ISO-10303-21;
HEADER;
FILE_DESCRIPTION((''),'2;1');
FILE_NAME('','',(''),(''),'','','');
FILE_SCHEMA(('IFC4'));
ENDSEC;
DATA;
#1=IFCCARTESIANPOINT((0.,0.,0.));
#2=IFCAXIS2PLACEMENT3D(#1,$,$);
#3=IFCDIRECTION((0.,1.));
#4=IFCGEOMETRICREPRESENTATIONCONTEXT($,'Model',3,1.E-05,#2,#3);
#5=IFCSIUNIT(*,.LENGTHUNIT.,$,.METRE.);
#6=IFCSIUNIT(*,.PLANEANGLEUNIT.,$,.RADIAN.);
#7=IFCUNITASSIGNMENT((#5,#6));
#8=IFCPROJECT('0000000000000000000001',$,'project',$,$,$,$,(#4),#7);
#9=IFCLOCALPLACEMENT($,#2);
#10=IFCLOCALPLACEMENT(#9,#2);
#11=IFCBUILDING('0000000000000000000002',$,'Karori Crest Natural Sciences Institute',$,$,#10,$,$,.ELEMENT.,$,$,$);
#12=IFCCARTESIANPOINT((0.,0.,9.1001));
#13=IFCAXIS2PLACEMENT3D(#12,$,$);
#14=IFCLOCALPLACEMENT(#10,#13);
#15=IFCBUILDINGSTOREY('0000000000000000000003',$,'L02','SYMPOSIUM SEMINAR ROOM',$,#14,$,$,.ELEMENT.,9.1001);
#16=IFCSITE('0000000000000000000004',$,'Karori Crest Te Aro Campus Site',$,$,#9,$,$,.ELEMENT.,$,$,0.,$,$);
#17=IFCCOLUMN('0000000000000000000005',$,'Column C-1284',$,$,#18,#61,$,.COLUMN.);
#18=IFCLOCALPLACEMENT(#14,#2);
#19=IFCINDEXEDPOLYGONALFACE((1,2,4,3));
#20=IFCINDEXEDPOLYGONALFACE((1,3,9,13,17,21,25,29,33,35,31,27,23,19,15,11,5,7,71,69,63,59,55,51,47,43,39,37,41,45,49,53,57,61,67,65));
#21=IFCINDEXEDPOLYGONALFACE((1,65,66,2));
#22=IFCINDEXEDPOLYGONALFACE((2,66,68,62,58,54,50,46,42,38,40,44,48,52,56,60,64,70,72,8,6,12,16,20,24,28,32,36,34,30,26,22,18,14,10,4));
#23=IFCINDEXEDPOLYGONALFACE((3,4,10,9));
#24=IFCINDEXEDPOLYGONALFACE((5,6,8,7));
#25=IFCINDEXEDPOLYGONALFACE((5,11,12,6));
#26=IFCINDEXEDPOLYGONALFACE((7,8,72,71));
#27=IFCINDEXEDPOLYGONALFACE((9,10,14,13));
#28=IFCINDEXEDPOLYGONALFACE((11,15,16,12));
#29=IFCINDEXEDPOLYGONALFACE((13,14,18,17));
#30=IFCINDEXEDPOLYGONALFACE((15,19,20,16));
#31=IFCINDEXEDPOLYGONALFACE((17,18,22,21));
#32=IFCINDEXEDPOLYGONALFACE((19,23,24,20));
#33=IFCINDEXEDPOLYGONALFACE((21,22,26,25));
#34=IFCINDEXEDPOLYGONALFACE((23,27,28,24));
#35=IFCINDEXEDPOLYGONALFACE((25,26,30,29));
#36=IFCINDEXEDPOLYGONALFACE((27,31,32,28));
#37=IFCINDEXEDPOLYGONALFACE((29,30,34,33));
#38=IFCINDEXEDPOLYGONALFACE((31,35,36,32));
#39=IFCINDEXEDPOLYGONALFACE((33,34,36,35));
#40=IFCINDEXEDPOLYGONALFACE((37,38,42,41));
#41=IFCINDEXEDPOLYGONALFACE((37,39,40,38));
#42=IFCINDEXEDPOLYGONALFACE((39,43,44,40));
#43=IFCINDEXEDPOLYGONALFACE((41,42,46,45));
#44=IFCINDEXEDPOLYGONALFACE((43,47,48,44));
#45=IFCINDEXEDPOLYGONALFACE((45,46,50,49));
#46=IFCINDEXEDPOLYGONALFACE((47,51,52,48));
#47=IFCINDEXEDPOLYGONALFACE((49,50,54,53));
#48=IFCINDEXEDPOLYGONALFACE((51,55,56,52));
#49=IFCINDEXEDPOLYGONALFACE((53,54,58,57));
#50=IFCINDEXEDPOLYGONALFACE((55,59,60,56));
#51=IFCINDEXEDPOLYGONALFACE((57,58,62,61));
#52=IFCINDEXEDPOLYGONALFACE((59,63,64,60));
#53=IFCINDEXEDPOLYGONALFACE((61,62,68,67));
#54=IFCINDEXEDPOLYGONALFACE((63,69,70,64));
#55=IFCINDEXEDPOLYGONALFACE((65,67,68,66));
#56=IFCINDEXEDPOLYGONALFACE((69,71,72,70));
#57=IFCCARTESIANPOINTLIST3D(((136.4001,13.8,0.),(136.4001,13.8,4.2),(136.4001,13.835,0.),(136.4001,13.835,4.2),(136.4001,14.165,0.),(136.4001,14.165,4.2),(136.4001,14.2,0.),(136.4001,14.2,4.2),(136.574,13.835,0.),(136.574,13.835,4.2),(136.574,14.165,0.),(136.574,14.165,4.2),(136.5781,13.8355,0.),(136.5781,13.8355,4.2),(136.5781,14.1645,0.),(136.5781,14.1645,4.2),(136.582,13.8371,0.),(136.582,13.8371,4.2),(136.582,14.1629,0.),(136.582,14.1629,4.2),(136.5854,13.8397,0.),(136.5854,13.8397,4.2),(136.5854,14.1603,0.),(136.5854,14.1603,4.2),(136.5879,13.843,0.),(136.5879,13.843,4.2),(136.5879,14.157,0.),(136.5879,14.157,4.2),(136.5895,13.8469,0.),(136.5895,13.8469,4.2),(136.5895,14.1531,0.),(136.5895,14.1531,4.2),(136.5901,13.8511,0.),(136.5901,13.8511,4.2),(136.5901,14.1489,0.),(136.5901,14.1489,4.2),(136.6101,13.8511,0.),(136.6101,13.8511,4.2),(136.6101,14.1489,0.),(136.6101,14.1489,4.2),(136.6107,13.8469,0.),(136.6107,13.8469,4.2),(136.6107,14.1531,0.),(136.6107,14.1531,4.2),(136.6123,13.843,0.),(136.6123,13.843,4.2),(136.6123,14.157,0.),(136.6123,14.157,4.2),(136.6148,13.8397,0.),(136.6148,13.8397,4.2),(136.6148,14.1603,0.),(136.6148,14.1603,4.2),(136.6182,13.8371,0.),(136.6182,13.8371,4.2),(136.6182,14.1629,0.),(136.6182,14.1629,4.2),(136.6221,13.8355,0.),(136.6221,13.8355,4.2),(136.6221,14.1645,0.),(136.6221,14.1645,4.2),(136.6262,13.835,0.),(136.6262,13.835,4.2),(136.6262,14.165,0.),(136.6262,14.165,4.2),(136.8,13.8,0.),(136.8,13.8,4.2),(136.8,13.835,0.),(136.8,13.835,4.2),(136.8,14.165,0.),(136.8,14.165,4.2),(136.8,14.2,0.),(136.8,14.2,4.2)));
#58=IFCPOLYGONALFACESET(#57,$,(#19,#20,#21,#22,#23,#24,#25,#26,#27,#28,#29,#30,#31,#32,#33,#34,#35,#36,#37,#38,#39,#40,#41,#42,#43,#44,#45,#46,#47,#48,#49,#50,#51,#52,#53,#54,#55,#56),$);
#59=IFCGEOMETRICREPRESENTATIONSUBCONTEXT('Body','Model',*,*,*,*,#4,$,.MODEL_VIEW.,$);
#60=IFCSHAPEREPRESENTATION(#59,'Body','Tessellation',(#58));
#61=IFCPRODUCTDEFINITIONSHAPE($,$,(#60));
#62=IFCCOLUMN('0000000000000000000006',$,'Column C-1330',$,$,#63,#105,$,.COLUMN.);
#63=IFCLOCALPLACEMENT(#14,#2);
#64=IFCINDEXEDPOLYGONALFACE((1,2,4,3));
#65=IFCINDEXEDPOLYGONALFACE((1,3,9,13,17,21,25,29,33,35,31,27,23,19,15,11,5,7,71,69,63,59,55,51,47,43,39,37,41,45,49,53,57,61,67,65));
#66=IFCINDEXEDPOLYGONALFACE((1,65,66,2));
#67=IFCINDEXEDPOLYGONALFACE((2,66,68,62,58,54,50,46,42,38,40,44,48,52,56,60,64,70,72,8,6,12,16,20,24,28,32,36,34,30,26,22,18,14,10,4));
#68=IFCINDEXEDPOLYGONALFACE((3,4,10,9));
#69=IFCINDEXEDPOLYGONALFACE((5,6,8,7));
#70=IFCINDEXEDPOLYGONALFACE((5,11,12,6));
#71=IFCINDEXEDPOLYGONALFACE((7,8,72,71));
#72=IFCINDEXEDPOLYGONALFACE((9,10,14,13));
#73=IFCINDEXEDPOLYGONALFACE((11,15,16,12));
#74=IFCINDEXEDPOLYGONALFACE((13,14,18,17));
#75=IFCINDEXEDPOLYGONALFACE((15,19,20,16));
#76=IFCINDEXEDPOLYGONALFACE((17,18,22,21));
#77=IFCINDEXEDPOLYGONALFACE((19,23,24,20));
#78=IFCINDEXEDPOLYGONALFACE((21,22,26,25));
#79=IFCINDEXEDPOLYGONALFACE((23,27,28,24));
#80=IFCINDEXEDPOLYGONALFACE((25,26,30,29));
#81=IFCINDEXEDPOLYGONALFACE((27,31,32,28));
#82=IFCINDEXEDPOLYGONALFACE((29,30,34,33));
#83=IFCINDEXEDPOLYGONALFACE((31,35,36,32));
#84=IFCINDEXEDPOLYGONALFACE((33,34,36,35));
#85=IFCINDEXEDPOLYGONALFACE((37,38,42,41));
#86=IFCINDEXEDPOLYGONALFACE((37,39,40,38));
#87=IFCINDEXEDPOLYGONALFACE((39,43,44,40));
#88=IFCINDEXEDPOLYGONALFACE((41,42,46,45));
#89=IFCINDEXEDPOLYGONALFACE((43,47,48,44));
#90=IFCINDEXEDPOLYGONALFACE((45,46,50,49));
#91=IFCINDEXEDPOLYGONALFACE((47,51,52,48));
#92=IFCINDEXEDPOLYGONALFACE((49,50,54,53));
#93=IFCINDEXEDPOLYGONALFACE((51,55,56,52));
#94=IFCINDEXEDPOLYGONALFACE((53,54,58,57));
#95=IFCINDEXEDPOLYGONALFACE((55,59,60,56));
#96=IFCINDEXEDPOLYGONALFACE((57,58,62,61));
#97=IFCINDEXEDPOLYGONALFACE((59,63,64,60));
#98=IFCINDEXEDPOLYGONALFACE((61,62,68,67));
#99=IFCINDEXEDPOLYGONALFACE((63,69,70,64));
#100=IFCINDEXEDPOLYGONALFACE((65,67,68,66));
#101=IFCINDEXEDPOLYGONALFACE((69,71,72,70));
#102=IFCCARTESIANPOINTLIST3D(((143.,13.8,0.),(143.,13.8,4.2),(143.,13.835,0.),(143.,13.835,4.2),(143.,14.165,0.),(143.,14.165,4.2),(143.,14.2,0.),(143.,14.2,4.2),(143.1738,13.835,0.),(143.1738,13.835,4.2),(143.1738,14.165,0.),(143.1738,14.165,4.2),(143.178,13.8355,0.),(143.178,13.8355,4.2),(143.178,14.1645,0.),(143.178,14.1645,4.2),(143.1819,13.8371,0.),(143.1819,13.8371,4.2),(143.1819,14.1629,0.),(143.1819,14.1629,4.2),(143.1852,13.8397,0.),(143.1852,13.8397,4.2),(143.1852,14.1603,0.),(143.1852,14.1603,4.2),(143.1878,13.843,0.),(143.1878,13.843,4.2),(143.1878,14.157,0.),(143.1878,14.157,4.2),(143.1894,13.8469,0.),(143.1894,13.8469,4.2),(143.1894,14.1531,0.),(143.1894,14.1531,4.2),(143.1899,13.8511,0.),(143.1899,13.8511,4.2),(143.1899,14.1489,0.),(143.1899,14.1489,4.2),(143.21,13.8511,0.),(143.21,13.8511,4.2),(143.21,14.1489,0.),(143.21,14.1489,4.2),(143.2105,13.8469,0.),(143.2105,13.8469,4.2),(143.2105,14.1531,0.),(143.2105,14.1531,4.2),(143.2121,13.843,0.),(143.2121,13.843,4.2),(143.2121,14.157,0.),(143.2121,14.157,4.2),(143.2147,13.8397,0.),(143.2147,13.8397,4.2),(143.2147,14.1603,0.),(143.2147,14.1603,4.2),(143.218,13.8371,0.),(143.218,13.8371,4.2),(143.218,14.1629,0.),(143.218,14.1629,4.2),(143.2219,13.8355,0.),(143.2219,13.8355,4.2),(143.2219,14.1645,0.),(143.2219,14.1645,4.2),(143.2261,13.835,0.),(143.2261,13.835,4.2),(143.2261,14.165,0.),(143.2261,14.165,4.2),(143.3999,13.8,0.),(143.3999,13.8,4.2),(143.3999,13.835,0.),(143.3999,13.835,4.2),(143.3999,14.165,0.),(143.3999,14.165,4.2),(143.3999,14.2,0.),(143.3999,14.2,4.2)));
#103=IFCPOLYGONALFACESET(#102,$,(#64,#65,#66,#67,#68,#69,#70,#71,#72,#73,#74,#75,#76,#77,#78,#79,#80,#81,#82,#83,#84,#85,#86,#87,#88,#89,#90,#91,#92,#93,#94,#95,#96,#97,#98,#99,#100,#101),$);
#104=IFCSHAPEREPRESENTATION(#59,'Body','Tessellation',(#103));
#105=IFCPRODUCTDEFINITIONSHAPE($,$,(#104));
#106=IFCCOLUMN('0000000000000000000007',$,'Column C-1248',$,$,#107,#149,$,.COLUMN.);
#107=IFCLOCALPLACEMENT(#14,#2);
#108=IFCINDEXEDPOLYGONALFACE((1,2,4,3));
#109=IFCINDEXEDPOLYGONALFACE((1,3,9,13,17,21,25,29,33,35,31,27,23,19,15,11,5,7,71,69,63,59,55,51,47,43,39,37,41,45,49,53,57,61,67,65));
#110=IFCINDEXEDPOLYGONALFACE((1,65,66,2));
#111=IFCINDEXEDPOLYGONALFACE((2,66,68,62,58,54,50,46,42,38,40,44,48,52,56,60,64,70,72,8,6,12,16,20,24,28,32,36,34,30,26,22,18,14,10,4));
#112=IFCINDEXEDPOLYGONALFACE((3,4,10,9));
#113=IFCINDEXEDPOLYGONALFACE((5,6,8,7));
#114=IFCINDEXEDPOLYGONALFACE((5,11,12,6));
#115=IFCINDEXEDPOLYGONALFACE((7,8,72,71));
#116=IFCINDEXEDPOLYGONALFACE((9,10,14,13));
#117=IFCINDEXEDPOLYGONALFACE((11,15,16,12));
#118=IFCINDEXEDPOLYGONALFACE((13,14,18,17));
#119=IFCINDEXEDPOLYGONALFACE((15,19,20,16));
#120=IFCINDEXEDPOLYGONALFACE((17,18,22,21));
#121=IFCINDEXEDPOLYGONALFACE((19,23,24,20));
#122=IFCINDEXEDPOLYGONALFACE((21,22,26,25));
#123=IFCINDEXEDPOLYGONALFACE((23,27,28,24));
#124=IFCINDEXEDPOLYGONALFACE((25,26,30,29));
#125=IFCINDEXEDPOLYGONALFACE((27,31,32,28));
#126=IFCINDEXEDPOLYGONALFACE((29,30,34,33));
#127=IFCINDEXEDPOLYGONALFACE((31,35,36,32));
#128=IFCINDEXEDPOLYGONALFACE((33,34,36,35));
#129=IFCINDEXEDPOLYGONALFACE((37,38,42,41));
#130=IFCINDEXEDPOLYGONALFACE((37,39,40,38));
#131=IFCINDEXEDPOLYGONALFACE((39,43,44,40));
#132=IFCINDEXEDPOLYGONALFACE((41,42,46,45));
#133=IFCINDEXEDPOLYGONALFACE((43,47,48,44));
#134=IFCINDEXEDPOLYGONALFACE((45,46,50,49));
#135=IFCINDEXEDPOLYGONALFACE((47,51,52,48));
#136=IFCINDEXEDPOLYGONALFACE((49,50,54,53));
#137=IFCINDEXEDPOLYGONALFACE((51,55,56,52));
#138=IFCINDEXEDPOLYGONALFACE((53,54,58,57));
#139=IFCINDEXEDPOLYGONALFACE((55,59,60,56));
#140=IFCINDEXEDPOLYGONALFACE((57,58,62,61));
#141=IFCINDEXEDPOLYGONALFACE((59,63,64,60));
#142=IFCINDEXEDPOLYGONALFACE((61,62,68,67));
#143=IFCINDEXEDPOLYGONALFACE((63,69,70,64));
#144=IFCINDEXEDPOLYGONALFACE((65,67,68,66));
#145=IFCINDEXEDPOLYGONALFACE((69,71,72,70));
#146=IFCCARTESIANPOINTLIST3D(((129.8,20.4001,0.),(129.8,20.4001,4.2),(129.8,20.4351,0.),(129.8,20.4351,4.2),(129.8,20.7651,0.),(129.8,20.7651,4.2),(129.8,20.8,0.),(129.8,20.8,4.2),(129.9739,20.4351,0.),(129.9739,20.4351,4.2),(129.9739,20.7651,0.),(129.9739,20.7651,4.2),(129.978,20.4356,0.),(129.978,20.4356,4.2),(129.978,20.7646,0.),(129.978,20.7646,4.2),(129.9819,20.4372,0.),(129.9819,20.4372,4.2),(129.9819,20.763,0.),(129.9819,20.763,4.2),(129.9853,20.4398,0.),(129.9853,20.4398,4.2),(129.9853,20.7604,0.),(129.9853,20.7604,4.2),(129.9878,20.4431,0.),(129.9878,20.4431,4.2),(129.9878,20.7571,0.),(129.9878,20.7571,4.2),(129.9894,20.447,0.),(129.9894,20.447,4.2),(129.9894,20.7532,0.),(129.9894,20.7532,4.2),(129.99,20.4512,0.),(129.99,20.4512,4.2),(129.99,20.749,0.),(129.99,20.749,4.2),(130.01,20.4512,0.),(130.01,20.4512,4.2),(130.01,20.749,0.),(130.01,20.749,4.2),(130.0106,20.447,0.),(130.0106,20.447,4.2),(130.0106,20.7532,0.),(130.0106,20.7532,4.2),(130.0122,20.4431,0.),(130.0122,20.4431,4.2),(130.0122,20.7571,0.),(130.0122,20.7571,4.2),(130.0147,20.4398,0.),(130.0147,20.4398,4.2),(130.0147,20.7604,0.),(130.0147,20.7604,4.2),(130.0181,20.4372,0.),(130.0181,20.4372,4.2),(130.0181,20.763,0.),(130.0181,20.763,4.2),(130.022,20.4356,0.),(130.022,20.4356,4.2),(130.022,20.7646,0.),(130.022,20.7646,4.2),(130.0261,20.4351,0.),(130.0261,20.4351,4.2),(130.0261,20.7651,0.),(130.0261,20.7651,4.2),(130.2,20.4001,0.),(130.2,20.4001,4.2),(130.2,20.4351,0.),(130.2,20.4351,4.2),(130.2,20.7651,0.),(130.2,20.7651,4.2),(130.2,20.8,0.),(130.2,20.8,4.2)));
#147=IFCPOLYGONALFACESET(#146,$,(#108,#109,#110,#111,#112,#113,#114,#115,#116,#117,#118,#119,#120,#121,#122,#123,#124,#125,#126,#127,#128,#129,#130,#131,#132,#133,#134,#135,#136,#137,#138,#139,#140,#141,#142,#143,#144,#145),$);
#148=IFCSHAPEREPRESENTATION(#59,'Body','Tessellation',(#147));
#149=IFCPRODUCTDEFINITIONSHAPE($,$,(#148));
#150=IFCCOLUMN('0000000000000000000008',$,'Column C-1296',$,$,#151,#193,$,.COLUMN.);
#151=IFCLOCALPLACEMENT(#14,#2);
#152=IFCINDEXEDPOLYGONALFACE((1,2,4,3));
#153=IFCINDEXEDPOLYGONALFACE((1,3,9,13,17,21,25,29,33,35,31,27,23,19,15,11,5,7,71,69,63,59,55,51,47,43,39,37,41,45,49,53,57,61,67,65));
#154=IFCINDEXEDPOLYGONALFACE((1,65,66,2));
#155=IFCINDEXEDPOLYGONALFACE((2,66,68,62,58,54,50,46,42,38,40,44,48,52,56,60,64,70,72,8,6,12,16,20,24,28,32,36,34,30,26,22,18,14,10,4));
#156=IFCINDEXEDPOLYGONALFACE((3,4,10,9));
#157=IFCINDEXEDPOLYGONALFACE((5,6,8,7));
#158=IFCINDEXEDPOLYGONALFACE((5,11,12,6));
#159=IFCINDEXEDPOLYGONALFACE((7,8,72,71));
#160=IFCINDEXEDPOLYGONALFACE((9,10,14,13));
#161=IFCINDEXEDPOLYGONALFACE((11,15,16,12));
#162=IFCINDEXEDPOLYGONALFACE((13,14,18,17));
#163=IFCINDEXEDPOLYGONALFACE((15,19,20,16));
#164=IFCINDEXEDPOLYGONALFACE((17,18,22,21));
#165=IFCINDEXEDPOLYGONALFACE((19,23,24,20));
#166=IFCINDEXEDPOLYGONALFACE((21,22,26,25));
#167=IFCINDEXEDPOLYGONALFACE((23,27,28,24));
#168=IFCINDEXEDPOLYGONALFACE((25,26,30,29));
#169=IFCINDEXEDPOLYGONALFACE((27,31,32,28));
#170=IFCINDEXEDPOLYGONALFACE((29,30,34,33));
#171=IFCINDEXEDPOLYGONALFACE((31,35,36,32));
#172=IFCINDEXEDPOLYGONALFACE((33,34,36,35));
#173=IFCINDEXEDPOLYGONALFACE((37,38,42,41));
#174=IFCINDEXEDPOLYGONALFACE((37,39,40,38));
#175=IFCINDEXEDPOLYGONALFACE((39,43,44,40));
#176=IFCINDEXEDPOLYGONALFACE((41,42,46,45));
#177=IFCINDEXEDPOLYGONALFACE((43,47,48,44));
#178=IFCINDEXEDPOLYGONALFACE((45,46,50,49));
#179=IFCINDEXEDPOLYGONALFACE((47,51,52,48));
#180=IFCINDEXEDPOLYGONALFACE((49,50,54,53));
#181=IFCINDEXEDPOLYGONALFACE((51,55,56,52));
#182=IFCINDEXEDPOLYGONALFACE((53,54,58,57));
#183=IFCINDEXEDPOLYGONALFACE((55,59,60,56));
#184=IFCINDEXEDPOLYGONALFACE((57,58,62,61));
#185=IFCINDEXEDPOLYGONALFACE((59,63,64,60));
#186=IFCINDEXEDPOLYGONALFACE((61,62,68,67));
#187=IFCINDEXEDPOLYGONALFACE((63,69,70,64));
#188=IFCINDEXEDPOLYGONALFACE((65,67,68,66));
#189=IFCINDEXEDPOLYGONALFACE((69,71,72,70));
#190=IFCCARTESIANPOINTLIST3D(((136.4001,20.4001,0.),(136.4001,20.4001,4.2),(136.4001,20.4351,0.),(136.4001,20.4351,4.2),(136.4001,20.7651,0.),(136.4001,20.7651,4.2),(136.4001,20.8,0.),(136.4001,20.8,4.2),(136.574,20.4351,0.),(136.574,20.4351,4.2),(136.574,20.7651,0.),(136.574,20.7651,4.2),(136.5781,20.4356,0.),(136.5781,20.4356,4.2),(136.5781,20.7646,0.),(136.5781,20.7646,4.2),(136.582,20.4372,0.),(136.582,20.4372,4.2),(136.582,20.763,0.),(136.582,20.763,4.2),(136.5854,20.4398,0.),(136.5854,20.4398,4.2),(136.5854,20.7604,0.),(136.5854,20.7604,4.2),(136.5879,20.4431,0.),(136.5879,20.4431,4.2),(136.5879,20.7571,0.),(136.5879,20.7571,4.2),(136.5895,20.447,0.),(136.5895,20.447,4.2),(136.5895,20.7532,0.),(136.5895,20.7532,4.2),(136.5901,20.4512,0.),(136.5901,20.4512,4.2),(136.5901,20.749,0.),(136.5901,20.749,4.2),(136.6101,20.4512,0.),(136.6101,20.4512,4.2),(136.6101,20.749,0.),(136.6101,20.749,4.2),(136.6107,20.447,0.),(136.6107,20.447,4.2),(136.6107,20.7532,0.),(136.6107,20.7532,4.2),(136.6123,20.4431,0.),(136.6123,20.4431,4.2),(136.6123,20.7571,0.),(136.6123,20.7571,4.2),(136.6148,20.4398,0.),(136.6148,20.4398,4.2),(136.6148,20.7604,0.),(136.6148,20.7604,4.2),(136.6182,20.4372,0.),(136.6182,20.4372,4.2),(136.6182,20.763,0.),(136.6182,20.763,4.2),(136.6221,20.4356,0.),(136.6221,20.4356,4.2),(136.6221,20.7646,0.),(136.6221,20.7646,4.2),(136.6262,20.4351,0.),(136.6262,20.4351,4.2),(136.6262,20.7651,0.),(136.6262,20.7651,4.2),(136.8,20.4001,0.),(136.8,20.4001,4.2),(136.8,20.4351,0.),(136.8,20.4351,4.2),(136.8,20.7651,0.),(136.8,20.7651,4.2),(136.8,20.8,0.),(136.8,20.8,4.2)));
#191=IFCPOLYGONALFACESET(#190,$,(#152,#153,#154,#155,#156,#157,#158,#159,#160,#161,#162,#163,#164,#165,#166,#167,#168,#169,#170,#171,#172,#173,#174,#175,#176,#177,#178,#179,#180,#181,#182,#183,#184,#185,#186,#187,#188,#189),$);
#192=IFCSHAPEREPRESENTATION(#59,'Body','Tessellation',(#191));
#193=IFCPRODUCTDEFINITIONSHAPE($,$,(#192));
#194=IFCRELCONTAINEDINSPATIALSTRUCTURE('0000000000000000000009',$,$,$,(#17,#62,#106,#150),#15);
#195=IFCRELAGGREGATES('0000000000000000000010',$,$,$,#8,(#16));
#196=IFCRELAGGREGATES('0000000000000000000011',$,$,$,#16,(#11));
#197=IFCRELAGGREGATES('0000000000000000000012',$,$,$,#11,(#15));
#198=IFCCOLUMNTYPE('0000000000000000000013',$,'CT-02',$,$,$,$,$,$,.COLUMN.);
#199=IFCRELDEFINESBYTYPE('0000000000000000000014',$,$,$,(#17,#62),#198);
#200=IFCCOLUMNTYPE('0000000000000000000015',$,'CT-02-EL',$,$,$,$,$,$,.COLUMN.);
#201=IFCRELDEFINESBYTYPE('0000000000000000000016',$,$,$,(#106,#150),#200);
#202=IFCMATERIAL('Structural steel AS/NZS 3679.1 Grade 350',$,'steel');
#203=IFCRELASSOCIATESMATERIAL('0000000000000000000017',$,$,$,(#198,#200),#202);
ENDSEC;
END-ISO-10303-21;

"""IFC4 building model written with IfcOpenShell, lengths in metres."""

from ifc_helpers import new_model, si_unit, direction, frame, origin, origin_2d, place, context, subcontext, project, spatial, i_section, extrude, material, material_profile, profile_set, type_object, element, save


model = new_model("IFC4")

# Units and contexts
model_context = context("Model", 3, precision=1e-05, world=origin(), true_north=direction((0.0, 1.0)))
body_context = subcontext(model_context, "Body", "Model", "MODEL_VIEW")
ifc_project = project(units=[si_unit("LENGTHUNIT", "METRE"), si_unit("PLANEANGLEUNIT", "RADIAN")], contexts=[model_context])

# Site, building, storey
site_placement = place(None, origin())
site = spatial("IfcSite", under=ifc_project, at=site_placement, Name="Karori Crest Te Aro Campus Site", CompositionType="ELEMENT", RefElevation=0.0)
building_placement = place(site_placement, origin())
building = spatial("IfcBuilding", under=site, at=building_placement, Name="Karori Crest Natural Sciences Institute", CompositionType="ELEMENT")
storey_placement = place(building_placement, frame((0.0, 0.0, 9.1001)))
storey = spatial("IfcBuildingStorey", under=building, at=storey_placement, Name="L02", Description="SYMPOSIUM SEMINAR ROOM", CompositionType="ELEMENT", Elevation=9.1001)

# Columns
ifc_material_1 = material(Name="Structural steel AS/NZS 3679.1 Grade 350", Category="steel")
ifc_material_profile_1 = material_profile(ifc_material_1, i_section(OverallWidth=0.3999, OverallDepth=0.3999, WebThickness=0.02, FlangeThickness=0.0349, FilletRadius=0.0161, at=origin_2d()), Name="400WC328")
ifc_profile_set_1 = profile_set([ifc_material_profile_1], Name="Structural steel AS/NZS 3679.1 Grade 350")
column_type_1 = type_object("IfcColumnType", Name="CT-02", PredefinedType="COLUMN", material=ifc_profile_set_1)
for number, where, z_axis, x_axis, name in (
    (1, (136.6001, 14.0, 0.0), (0.0, 0.0, 1.0), (1.0, 0.0, 0.0), "Column C-1284"),
    (2, (143.2, 14.0, 0.0), (0.0, 0.0, 1.0), (1.0, 0.0, 0.0), "Column C-1330"),
):
    element("IfcColumn", number, at=place(storey_placement, frame(where, z_axis=z_axis, x_axis=x_axis)), inside=storey, type_object=column_type_1, Name=name, PredefinedType="COLUMN", context=body_context, shape_type="SweptSolid", body=[
        extrude(i_section(OverallWidth=0.3999, OverallDepth=0.3999, WebThickness=0.02, FlangeThickness=0.0349, FilletRadius=0.0161, at=origin_2d()), origin(), (0.0, 0.0, 1.0), 4.2),
    ])
ifc_material_profile_2 = material_profile(ifc_material_1, i_section(OverallWidth=0.3999, OverallDepth=0.3999, WebThickness=0.02, FlangeThickness=0.0349, FilletRadius=0.0161, at=origin_2d()), Name="400WC328")
ifc_profile_set_2 = profile_set([ifc_material_profile_2], Name="Structural steel AS/NZS 3679.1 Grade 350")
column_type_2 = type_object("IfcColumnType", Name="CT-02-EL", PredefinedType="COLUMN", material=ifc_profile_set_2)
for number, where, z_axis, x_axis, name in (
    (3, (130.0, 20.6001, 0.0), (0.0, 0.0, 1.0), (1.0, 0.0, 0.0), "Column C-1248"),
    (4, (136.6001, 20.6001, 0.0), (0.0, 0.0, 1.0), (1.0, 0.0, 0.0), "Column C-1296"),
):
    element("IfcColumn", number, at=place(storey_placement, frame(where, z_axis=z_axis, x_axis=x_axis)), inside=storey, type_object=column_type_2, Name=name, PredefinedType="COLUMN", context=body_context, shape_type="SweptSolid", body=[
        extrude(i_section(OverallWidth=0.3999, OverallDepth=0.3999, WebThickness=0.02, FlangeThickness=0.0349, FilletRadius=0.0161, at=origin_2d()), origin(), (0.0, 0.0, 1.0), 4.2),
    ])

save(model, "model.ifc")
